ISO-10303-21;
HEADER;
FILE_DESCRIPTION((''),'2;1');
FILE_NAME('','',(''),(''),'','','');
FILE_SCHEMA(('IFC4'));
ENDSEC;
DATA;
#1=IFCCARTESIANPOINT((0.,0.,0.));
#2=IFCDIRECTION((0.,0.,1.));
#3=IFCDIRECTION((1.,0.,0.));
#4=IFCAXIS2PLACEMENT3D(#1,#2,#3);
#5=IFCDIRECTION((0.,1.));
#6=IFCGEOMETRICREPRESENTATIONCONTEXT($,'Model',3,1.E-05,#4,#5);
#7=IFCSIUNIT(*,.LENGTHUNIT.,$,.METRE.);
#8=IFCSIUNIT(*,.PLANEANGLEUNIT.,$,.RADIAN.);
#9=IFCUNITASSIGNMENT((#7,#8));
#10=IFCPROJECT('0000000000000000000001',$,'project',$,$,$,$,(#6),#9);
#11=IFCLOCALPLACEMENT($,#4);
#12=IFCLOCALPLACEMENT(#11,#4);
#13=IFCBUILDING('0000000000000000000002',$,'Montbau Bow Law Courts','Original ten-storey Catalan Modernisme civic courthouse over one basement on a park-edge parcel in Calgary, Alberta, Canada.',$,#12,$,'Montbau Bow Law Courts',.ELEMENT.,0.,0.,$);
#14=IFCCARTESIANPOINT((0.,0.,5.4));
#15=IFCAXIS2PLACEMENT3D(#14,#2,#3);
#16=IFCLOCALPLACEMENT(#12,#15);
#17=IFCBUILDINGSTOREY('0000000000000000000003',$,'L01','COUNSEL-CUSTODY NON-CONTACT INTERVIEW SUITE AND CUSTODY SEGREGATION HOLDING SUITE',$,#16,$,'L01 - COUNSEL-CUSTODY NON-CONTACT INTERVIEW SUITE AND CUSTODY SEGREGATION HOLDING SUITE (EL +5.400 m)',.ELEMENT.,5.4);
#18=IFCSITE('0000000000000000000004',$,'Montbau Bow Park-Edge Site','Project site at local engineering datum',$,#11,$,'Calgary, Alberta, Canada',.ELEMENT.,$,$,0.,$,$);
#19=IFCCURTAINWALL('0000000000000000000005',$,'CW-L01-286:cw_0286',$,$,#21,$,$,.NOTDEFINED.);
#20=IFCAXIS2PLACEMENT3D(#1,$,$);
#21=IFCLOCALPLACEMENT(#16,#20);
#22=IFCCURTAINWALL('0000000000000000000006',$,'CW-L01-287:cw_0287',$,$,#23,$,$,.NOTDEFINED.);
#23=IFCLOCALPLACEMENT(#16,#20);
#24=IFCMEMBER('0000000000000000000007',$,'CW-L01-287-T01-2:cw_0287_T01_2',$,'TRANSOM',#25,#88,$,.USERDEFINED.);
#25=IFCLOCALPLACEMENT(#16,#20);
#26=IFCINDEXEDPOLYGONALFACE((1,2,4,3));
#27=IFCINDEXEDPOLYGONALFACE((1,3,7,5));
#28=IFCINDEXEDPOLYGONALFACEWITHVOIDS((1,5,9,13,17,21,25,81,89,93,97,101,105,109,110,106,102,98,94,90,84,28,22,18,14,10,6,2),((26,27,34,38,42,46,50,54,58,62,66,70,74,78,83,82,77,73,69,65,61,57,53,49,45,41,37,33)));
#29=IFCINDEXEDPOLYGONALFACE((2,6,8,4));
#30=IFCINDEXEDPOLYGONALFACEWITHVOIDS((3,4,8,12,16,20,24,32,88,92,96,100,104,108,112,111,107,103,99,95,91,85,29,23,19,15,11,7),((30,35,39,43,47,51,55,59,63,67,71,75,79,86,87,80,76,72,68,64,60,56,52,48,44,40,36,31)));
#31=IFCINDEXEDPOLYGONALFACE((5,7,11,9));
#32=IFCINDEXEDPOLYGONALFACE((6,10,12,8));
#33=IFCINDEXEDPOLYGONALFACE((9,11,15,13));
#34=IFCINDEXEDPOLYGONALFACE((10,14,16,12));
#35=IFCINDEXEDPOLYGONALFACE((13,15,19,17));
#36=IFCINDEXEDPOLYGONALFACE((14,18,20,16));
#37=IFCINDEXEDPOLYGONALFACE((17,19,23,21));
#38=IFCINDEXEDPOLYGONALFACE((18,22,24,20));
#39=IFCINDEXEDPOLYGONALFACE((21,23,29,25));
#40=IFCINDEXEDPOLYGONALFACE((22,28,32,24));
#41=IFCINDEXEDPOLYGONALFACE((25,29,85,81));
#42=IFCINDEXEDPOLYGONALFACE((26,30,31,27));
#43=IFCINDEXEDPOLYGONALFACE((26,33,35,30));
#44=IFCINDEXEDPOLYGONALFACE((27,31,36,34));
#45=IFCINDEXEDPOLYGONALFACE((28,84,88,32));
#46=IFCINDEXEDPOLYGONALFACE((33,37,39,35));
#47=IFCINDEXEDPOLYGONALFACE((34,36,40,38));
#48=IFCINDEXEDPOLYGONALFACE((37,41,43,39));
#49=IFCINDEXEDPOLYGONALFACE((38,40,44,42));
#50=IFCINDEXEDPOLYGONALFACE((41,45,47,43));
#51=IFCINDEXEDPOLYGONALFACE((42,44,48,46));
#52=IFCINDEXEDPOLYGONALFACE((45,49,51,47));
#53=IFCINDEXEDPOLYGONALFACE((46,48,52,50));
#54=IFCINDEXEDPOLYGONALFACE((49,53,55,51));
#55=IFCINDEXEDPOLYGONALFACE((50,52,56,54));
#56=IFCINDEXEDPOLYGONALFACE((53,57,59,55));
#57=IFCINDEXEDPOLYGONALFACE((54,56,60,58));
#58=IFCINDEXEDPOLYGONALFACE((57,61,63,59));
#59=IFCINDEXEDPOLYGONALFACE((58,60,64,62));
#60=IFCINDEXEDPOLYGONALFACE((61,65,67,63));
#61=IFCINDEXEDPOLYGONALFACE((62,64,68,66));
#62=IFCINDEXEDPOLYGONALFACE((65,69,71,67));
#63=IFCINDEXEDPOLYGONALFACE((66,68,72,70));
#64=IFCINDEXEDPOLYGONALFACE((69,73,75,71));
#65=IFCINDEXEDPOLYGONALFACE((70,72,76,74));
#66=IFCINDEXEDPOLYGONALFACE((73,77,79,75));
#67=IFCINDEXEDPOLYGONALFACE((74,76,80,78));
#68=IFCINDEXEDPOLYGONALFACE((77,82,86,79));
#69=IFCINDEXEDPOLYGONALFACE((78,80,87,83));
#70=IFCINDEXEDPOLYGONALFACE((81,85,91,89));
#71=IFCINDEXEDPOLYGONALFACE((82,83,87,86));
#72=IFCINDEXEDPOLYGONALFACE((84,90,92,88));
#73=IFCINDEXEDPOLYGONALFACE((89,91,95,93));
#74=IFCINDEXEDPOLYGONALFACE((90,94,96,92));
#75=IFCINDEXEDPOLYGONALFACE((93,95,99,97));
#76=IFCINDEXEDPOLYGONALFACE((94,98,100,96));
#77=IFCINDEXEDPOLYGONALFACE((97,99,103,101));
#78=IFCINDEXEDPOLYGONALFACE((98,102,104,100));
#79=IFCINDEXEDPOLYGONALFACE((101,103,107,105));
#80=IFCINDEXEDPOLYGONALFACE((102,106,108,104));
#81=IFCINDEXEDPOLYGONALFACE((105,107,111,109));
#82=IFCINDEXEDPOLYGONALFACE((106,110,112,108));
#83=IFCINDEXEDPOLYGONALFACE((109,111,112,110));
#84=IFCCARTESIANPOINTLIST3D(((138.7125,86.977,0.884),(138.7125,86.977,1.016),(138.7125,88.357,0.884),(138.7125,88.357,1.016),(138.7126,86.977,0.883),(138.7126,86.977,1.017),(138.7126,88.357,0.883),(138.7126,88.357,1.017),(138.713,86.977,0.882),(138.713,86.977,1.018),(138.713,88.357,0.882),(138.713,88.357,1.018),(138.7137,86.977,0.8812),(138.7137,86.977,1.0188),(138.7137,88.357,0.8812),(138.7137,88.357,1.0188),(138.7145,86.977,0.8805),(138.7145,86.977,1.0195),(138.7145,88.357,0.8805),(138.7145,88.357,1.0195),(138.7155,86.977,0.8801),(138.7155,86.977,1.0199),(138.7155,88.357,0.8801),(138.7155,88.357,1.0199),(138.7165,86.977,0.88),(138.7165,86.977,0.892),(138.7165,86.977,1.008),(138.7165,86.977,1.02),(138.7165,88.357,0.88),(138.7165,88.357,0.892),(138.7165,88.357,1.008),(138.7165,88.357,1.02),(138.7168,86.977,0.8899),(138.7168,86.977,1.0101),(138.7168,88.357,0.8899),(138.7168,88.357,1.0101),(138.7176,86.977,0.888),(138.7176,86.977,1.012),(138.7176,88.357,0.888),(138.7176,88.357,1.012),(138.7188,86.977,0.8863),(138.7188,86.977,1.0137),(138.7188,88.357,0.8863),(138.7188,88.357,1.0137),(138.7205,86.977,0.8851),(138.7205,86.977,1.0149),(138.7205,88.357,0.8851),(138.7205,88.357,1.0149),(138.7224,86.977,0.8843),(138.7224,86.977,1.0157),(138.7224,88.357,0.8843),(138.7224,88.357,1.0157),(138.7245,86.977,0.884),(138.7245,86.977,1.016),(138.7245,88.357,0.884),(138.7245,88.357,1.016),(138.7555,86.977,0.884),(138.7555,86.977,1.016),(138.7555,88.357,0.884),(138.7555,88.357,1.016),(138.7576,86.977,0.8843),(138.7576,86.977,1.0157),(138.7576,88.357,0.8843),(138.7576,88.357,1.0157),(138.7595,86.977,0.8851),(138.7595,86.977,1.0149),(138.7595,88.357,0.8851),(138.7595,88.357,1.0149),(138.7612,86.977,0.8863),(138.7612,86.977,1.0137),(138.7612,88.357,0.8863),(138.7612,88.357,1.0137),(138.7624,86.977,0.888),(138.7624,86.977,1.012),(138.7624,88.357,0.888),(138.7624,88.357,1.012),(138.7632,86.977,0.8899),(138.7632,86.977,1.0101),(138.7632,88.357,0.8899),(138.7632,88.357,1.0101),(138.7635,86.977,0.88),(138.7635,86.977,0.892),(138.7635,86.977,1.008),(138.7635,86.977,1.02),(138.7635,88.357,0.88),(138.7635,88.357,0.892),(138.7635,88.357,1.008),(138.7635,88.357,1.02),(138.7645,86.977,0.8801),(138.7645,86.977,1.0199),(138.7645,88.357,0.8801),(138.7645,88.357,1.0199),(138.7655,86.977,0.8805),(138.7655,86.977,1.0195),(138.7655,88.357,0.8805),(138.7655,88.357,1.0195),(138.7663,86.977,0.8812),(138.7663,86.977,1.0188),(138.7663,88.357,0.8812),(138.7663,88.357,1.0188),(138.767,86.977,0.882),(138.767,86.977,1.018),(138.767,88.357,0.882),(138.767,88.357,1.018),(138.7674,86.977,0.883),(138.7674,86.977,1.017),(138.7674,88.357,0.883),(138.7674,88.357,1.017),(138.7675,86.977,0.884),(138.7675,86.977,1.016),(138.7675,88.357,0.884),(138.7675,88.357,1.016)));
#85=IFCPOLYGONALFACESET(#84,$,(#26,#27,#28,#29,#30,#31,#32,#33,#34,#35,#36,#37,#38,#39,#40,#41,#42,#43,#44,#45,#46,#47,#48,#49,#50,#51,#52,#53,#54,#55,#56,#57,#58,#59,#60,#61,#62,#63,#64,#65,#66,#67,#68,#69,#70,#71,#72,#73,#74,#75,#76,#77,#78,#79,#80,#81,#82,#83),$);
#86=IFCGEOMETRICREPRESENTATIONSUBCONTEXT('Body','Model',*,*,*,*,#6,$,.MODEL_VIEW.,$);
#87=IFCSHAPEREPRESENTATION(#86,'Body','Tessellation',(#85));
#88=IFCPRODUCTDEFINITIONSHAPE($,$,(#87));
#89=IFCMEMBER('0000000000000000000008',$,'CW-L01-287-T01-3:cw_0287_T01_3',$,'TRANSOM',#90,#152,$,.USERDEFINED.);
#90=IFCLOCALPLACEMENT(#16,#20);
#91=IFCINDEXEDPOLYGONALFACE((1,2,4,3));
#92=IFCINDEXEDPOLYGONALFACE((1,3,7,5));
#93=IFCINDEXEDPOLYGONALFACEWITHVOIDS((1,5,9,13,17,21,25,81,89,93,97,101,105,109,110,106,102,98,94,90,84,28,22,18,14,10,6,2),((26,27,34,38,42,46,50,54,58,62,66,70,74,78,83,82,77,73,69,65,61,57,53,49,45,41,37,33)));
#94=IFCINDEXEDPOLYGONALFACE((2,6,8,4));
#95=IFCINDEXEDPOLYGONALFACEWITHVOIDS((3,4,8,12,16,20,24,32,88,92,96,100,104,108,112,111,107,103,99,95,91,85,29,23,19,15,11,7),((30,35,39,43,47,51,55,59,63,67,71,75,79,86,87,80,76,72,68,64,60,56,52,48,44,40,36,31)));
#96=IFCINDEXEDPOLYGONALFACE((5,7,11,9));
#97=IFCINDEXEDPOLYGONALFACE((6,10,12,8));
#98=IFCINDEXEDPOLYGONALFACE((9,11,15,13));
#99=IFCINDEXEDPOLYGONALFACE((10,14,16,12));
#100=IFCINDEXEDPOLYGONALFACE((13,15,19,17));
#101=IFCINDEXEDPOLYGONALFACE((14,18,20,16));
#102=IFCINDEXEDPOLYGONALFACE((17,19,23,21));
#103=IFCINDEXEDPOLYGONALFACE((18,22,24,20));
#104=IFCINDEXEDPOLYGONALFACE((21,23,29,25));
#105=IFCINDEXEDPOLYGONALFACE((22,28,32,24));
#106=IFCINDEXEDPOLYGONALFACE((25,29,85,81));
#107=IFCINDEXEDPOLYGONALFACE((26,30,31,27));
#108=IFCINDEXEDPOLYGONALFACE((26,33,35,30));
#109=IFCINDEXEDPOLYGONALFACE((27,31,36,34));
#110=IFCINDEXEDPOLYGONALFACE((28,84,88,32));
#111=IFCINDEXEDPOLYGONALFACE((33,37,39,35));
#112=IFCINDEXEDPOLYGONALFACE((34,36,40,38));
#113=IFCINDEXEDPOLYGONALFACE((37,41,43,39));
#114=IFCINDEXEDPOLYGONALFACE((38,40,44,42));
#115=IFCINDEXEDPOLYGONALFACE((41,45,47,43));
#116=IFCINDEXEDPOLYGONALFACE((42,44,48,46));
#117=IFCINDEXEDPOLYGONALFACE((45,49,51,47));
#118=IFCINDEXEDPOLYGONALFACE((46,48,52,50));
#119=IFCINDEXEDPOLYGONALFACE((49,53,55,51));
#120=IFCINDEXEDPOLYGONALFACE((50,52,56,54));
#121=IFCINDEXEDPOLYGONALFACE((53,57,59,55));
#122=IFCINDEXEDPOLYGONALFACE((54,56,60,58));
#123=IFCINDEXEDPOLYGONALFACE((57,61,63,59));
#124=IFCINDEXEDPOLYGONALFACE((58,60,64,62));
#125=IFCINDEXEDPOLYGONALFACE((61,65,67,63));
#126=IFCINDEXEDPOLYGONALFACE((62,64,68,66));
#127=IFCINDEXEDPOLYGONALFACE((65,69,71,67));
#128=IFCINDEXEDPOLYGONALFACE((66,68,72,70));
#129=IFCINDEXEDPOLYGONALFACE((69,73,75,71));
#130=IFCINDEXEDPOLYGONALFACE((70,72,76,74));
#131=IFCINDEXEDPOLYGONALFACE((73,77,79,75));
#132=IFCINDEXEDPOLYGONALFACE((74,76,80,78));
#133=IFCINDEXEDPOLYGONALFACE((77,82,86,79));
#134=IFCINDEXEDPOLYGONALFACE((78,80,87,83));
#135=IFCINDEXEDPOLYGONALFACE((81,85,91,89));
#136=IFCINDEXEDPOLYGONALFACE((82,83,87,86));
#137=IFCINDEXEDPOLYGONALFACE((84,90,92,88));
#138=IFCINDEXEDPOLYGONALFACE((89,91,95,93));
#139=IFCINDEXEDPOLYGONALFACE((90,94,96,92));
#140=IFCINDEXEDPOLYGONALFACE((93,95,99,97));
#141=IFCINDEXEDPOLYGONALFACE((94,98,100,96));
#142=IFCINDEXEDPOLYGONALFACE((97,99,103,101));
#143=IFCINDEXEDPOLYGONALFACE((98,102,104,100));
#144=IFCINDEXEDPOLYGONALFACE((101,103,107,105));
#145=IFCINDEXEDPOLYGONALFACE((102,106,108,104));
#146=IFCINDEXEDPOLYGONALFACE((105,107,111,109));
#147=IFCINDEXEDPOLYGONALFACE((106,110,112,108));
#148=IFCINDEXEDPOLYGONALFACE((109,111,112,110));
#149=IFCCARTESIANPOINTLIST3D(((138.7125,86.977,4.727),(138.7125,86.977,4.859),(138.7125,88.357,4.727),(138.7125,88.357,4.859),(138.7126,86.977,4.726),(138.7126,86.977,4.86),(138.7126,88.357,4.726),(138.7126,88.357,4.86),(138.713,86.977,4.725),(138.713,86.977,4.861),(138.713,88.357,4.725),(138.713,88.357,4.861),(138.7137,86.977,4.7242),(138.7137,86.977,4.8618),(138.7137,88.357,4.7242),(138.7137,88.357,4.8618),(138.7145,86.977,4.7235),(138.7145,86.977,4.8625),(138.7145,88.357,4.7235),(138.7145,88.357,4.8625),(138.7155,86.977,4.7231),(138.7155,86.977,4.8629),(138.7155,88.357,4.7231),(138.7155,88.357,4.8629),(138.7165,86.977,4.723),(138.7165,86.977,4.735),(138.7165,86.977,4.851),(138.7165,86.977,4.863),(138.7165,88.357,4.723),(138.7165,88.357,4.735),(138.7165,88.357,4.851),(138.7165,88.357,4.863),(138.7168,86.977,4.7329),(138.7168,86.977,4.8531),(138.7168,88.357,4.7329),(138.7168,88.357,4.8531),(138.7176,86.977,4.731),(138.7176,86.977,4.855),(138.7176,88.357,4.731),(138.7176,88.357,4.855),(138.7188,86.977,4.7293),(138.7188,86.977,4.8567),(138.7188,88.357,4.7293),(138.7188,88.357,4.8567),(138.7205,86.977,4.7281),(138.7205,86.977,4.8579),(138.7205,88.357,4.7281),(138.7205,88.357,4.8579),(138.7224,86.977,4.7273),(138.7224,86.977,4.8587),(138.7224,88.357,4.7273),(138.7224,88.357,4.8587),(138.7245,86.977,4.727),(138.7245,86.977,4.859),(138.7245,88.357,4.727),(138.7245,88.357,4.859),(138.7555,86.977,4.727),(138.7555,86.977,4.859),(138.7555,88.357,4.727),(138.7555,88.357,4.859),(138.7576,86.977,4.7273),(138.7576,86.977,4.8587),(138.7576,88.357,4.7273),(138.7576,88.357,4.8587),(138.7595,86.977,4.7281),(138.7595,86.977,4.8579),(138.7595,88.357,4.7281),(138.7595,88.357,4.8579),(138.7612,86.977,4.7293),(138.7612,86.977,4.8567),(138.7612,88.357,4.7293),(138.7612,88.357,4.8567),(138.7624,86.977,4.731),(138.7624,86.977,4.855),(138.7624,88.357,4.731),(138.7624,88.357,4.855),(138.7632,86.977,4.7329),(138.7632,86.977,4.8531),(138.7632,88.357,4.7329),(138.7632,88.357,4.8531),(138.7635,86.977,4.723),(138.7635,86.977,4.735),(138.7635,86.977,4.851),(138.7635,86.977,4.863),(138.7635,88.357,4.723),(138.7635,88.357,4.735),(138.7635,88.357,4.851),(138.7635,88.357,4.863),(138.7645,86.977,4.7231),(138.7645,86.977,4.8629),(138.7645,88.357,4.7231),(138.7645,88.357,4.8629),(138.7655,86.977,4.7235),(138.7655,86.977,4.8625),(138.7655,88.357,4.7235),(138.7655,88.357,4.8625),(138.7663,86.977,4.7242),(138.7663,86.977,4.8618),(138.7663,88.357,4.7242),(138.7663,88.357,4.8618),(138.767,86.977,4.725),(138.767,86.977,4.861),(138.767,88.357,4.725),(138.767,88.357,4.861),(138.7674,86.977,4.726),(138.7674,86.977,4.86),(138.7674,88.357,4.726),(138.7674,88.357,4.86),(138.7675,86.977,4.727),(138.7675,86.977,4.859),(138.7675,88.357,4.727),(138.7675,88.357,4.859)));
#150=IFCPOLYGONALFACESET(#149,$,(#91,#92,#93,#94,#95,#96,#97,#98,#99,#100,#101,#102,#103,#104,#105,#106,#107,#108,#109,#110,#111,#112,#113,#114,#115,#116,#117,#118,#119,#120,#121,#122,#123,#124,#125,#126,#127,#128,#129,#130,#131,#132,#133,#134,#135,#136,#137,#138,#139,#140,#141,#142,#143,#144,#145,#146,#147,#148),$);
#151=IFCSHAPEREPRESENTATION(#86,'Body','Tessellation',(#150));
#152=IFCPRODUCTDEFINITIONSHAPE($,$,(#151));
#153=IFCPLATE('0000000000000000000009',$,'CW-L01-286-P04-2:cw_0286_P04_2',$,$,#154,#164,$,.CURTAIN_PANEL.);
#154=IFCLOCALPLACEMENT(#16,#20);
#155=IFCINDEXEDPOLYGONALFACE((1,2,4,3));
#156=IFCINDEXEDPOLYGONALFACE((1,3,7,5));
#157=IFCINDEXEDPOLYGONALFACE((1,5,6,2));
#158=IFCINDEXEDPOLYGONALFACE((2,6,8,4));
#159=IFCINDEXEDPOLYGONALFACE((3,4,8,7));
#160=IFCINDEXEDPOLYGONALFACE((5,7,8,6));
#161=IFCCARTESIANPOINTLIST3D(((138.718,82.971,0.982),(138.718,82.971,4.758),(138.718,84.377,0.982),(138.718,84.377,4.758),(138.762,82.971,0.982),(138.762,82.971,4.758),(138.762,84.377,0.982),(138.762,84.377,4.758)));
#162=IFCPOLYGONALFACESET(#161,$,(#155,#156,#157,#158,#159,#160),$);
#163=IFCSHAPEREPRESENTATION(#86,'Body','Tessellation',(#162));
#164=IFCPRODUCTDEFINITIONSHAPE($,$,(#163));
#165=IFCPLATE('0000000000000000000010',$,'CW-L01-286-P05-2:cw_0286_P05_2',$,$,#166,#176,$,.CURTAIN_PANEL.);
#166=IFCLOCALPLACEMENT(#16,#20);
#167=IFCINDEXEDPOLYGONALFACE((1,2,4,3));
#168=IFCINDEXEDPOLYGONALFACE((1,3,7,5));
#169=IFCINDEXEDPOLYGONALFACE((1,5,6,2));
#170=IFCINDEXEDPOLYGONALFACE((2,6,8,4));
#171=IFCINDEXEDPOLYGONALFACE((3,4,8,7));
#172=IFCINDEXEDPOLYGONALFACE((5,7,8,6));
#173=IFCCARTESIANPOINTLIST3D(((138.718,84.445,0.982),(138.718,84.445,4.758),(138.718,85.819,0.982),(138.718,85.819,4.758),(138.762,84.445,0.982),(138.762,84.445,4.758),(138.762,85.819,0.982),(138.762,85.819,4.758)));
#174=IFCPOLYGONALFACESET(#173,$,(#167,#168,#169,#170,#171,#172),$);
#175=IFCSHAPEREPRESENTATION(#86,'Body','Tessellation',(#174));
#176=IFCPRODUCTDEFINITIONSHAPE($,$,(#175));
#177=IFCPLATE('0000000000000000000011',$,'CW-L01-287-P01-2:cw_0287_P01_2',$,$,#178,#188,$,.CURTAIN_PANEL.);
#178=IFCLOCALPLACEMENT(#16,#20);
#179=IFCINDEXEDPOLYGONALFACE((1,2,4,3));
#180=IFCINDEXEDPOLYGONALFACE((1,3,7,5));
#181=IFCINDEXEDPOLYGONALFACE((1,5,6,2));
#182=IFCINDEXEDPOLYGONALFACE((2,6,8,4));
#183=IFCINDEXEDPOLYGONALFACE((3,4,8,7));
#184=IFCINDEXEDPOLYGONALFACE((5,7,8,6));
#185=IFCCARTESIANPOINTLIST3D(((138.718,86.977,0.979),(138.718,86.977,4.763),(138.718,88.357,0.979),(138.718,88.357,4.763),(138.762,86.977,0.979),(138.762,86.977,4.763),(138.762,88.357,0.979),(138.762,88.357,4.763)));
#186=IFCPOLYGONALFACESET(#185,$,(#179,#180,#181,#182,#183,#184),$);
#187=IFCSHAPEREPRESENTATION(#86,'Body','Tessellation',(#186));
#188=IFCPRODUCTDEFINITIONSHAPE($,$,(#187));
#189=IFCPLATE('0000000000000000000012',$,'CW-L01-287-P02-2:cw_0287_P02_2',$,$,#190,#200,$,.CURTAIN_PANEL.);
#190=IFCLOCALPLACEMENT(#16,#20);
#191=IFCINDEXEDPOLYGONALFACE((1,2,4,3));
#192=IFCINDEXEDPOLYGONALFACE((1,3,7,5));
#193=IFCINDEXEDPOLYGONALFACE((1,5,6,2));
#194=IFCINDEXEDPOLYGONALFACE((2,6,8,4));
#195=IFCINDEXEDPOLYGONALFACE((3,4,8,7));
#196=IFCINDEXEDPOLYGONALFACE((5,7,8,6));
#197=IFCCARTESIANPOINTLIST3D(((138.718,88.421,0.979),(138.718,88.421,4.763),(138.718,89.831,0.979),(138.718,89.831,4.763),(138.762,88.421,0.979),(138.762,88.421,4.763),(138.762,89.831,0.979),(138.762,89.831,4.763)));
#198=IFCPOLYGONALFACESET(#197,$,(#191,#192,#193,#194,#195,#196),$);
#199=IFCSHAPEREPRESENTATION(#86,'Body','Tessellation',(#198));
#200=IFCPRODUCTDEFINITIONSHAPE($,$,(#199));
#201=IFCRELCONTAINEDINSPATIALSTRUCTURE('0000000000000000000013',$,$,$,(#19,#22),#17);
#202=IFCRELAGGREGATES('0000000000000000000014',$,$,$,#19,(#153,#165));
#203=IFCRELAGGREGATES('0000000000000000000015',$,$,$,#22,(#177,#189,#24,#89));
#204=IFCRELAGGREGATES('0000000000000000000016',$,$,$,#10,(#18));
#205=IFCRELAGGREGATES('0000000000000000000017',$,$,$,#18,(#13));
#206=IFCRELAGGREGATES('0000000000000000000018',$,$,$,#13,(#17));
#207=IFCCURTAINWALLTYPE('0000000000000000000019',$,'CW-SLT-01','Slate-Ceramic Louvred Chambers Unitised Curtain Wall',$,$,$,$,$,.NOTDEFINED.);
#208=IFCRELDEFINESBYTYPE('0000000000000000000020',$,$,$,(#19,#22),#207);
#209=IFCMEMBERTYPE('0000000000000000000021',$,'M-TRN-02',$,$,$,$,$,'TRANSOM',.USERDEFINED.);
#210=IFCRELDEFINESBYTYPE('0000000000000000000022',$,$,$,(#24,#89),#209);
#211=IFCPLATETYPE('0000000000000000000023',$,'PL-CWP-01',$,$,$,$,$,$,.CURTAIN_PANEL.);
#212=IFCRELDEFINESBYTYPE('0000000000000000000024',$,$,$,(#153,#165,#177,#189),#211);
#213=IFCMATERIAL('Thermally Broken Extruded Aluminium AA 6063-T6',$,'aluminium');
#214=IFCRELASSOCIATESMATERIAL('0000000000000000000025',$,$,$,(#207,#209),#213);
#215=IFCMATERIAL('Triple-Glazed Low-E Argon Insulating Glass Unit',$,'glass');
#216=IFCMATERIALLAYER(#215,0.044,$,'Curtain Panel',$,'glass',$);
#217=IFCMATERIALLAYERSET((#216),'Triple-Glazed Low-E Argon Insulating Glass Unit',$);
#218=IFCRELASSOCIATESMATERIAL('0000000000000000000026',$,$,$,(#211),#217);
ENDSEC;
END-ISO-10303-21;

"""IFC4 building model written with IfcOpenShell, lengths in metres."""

from ifc_helpers import new_model, si_unit, direction, frame, frame_2d, origin_with_axes, origin_2d_with_axis, place, context, subcontext, project, spatial, rectangle, hollow_rectangle, extrude, material, layer, layer_set, material_profile, profile_set, type_object, element, aggregate, save


model = new_model("IFC4")

# Units and contexts
model_context = context("Model", 3, precision=1e-05, world=origin_with_axes(), true_north=direction((0.0, 1.0)))
body_context = subcontext(model_context, "Body", "Model", "MODEL_VIEW")
ifc_project = project(units=[si_unit("LENGTHUNIT", "METRE"), si_unit("PLANEANGLEUNIT", "RADIAN")], contexts=[model_context])

# Site, building, storey
site_placement = place(None, origin_with_axes())
site = spatial("IfcSite", under=ifc_project, at=site_placement, Name="Montbau Bow Park-Edge Site", Description="Project site at local engineering datum", LongName="Calgary, Alberta, Canada", CompositionType="ELEMENT", RefElevation=0.0)
building_placement = place(site_placement, origin_with_axes())
building = spatial("IfcBuilding", under=site, at=building_placement, Name="Montbau Bow Law Courts", Description="Original ten-storey Catalan Modernisme civic courthouse over one basement on a park-edge parcel in Calgary, Alberta, Canada.", LongName="Montbau Bow Law Courts", CompositionType="ELEMENT", ElevationOfRefHeight=0.0, ElevationOfTerrain=0.0)
storey_placement = place(building_placement, frame((0.0, 0.0, 5.4), z_axis=(0.0, 0.0, 1.0), x_axis=(1.0, 0.0, 0.0)))
storey = spatial("IfcBuildingStorey", under=building, at=storey_placement, Name="L01", Description="COUNSEL-CUSTODY NON-CONTACT INTERVIEW SUITE AND CUSTODY SEGREGATION HOLDING SUITE", LongName="L01 - COUNSEL-CUSTODY NON-CONTACT INTERVIEW SUITE AND CUSTODY SEGREGATION HOLDING SUITE (EL +5.400 m)", CompositionType="ELEMENT", Elevation=5.4)

# Curtain walls
ifc_material_1 = material(Name="Thermally Broken Extruded Aluminium AA 6063-T6", Category="aluminium")
curtain_wall_type = type_object("IfcCurtainWallType", Name="CW-SLT-01", Description="Slate-Ceramic Louvred Chambers Unitised Curtain Wall", PredefinedType="NOTDEFINED", material=ifc_material_1)
curtain_wall_1_placement = place(None, frame((138.74, 78.515, 5.4), z_axis=(0.0, 0.0, 1.0), x_axis=(1.0, 0.0, 0.0)))
curtain_wall_1 = element("IfcCurtainWall", 1, at=curtain_wall_1_placement, inside=storey, type_object=curtain_wall_type, Name="CW-L01-286:cw_0286", PredefinedType="NOTDEFINED")
curtain_wall_2_placement = place(None, frame((138.74, 86.915, 5.4), z_axis=(0.0, 0.0, 1.0), x_axis=(1.0, 0.0, 0.0)))
curtain_wall_2 = element("IfcCurtainWall", 2, at=curtain_wall_2_placement, inside=storey, type_object=curtain_wall_type, Name="CW-L01-287:cw_0287", PredefinedType="NOTDEFINED")

# Members
ifc_material_profile_1 = material_profile(ifc_material_1, hollow_rectangle(XDim=0.055, YDim=0.14, WallThickness=0.004, InnerFilletRadius=0.008, OuterFilletRadius=0.004, at=origin_2d_with_axis()), Name="CWT-140X55", Category="Main", Priority=0)
ifc_profile_set_1 = profile_set([ifc_material_profile_1], Name="Thermally Broken Extruded Aluminium AA 6063-T6")
member_type_1 = type_object("IfcMemberType", Name="M-TRN-02", ElementType="TRANSOM", PredefinedType="USERDEFINED", material=ifc_profile_set_1)
member_1_placement = place(None, frame((138.74, 86.977, 6.35), z_axis=(0.0, 1.0, 0.0), x_axis=(-1.0, 0.0, 0.0)))
member_1 = element("IfcMember", 3, at=member_1_placement, type_object=member_type_1, Name="CW-L01-287-T01-2:cw_0287_T01_2", ObjectType="TRANSOM", PredefinedType="USERDEFINED", context=body_context, shape_type="SweptSolid", body=[
    extrude(hollow_rectangle(XDim=0.055, YDim=0.14, WallThickness=0.004, InnerFilletRadius=0.008, OuterFilletRadius=0.004, at=origin_2d_with_axis()), origin_with_axes(), (0.0, 0.0, 1.0), 1.38),
])
member_2_placement = place(None, frame((138.74, 86.977, 10.193), z_axis=(0.0, 1.0, 0.0), x_axis=(-1.0, 0.0, 0.0)))
member_2 = element("IfcMember", 4, at=member_2_placement, type_object=member_type_1, Name="CW-L01-287-T01-3:cw_0287_T01_3", ObjectType="TRANSOM", PredefinedType="USERDEFINED", context=body_context, shape_type="SweptSolid", body=[
    extrude(hollow_rectangle(XDim=0.055, YDim=0.14, WallThickness=0.004, InnerFilletRadius=0.008, OuterFilletRadius=0.004, at=origin_2d_with_axis()), origin_with_axes(), (0.0, 0.0, 1.0), 1.38),
])

# Plates
ifc_material_2 = material(Name="Triple-Glazed Low-E Argon Insulating Glass Unit", Category="glass")
ifc_layer_1 = layer(ifc_material_2, 0.044, Name="Curtain Panel", Category="glass")
ifc_layer_set_1 = layer_set([ifc_layer_1], Name="Triple-Glazed Low-E Argon Insulating Glass Unit")
plate_type_1 = type_object("IfcPlateType", Name="PL-CWP-01", PredefinedType="CURTAIN_PANEL", material=ifc_layer_set_1)
plate_1_placement = place(None, frame((138.74, 82.971, 6.382), z_axis=(1.0, 0.0, 0.0), x_axis=(0.0, 1.0, 0.0)))
plate_1 = element("IfcPlate", 5, at=plate_1_placement, type_object=plate_type_1, Name="CW-L01-286-P04-2:cw_0286_P04_2", PredefinedType="CURTAIN_PANEL", context=body_context, shape_type="SweptSolid", body=[
    extrude(rectangle(XDim=1.406, YDim=3.776, at=frame_2d((0.703, 1.888), x_axis=(1.0, 0.0))), frame((0.0, 0.0, -0.022), z_axis=(0.0, 0.0, 1.0), x_axis=(1.0, 0.0, 0.0)), (0.0, 0.0, 1.0), 0.044),
])
plate_2_placement = place(None, frame((138.74, 84.445, 6.382), z_axis=(1.0, 0.0, 0.0), x_axis=(0.0, 1.0, 0.0)))
plate_2 = element("IfcPlate", 6, at=plate_2_placement, type_object=plate_type_1, Name="CW-L01-286-P05-2:cw_0286_P05_2", PredefinedType="CURTAIN_PANEL", context=body_context, shape_type="SweptSolid", body=[
    extrude(rectangle(XDim=1.374, YDim=3.776, at=frame_2d((0.687, 1.888), x_axis=(1.0, 0.0))), frame((0.0, 0.0, -0.022), z_axis=(0.0, 0.0, 1.0), x_axis=(1.0, 0.0, 0.0)), (0.0, 0.0, 1.0), 0.044),
])
plate_3_placement = place(None, frame((138.74, 86.977, 6.379), z_axis=(1.0, 0.0, 0.0), x_axis=(0.0, 1.0, 0.0)))
plate_3 = element("IfcPlate", 7, at=plate_3_placement, type_object=plate_type_1, Name="CW-L01-287-P01-2:cw_0287_P01_2", PredefinedType="CURTAIN_PANEL", context=body_context, shape_type="SweptSolid", body=[
    extrude(rectangle(XDim=1.38, YDim=3.784, at=frame_2d((0.69, 1.892), x_axis=(1.0, 0.0))), frame((0.0, 0.0, -0.022), z_axis=(0.0, 0.0, 1.0), x_axis=(1.0, 0.0, 0.0)), (0.0, 0.0, 1.0), 0.044),
])
plate_4_placement = place(None, frame((138.74, 88.421, 6.379), z_axis=(1.0, 0.0, 0.0), x_axis=(0.0, 1.0, 0.0)))
plate_4 = element("IfcPlate", 8, at=plate_4_placement, type_object=plate_type_1, Name="CW-L01-287-P02-2:cw_0287_P02_2", PredefinedType="CURTAIN_PANEL", context=body_context, shape_type="SweptSolid", body=[
    extrude(rectangle(XDim=1.41, YDim=3.784, at=frame_2d((0.705, 1.892), x_axis=(1.0, 0.0))), frame((0.0, 0.0, -0.022), z_axis=(0.0, 0.0, 1.0), x_axis=(1.0, 0.0, 0.0)), (0.0, 0.0, 1.0), 0.044),
])
aggregate(curtain_wall_1, [plate_1, plate_2])
aggregate(curtain_wall_2, [plate_3, plate_4, member_1, member_2])

save(model, "model.ifc")
